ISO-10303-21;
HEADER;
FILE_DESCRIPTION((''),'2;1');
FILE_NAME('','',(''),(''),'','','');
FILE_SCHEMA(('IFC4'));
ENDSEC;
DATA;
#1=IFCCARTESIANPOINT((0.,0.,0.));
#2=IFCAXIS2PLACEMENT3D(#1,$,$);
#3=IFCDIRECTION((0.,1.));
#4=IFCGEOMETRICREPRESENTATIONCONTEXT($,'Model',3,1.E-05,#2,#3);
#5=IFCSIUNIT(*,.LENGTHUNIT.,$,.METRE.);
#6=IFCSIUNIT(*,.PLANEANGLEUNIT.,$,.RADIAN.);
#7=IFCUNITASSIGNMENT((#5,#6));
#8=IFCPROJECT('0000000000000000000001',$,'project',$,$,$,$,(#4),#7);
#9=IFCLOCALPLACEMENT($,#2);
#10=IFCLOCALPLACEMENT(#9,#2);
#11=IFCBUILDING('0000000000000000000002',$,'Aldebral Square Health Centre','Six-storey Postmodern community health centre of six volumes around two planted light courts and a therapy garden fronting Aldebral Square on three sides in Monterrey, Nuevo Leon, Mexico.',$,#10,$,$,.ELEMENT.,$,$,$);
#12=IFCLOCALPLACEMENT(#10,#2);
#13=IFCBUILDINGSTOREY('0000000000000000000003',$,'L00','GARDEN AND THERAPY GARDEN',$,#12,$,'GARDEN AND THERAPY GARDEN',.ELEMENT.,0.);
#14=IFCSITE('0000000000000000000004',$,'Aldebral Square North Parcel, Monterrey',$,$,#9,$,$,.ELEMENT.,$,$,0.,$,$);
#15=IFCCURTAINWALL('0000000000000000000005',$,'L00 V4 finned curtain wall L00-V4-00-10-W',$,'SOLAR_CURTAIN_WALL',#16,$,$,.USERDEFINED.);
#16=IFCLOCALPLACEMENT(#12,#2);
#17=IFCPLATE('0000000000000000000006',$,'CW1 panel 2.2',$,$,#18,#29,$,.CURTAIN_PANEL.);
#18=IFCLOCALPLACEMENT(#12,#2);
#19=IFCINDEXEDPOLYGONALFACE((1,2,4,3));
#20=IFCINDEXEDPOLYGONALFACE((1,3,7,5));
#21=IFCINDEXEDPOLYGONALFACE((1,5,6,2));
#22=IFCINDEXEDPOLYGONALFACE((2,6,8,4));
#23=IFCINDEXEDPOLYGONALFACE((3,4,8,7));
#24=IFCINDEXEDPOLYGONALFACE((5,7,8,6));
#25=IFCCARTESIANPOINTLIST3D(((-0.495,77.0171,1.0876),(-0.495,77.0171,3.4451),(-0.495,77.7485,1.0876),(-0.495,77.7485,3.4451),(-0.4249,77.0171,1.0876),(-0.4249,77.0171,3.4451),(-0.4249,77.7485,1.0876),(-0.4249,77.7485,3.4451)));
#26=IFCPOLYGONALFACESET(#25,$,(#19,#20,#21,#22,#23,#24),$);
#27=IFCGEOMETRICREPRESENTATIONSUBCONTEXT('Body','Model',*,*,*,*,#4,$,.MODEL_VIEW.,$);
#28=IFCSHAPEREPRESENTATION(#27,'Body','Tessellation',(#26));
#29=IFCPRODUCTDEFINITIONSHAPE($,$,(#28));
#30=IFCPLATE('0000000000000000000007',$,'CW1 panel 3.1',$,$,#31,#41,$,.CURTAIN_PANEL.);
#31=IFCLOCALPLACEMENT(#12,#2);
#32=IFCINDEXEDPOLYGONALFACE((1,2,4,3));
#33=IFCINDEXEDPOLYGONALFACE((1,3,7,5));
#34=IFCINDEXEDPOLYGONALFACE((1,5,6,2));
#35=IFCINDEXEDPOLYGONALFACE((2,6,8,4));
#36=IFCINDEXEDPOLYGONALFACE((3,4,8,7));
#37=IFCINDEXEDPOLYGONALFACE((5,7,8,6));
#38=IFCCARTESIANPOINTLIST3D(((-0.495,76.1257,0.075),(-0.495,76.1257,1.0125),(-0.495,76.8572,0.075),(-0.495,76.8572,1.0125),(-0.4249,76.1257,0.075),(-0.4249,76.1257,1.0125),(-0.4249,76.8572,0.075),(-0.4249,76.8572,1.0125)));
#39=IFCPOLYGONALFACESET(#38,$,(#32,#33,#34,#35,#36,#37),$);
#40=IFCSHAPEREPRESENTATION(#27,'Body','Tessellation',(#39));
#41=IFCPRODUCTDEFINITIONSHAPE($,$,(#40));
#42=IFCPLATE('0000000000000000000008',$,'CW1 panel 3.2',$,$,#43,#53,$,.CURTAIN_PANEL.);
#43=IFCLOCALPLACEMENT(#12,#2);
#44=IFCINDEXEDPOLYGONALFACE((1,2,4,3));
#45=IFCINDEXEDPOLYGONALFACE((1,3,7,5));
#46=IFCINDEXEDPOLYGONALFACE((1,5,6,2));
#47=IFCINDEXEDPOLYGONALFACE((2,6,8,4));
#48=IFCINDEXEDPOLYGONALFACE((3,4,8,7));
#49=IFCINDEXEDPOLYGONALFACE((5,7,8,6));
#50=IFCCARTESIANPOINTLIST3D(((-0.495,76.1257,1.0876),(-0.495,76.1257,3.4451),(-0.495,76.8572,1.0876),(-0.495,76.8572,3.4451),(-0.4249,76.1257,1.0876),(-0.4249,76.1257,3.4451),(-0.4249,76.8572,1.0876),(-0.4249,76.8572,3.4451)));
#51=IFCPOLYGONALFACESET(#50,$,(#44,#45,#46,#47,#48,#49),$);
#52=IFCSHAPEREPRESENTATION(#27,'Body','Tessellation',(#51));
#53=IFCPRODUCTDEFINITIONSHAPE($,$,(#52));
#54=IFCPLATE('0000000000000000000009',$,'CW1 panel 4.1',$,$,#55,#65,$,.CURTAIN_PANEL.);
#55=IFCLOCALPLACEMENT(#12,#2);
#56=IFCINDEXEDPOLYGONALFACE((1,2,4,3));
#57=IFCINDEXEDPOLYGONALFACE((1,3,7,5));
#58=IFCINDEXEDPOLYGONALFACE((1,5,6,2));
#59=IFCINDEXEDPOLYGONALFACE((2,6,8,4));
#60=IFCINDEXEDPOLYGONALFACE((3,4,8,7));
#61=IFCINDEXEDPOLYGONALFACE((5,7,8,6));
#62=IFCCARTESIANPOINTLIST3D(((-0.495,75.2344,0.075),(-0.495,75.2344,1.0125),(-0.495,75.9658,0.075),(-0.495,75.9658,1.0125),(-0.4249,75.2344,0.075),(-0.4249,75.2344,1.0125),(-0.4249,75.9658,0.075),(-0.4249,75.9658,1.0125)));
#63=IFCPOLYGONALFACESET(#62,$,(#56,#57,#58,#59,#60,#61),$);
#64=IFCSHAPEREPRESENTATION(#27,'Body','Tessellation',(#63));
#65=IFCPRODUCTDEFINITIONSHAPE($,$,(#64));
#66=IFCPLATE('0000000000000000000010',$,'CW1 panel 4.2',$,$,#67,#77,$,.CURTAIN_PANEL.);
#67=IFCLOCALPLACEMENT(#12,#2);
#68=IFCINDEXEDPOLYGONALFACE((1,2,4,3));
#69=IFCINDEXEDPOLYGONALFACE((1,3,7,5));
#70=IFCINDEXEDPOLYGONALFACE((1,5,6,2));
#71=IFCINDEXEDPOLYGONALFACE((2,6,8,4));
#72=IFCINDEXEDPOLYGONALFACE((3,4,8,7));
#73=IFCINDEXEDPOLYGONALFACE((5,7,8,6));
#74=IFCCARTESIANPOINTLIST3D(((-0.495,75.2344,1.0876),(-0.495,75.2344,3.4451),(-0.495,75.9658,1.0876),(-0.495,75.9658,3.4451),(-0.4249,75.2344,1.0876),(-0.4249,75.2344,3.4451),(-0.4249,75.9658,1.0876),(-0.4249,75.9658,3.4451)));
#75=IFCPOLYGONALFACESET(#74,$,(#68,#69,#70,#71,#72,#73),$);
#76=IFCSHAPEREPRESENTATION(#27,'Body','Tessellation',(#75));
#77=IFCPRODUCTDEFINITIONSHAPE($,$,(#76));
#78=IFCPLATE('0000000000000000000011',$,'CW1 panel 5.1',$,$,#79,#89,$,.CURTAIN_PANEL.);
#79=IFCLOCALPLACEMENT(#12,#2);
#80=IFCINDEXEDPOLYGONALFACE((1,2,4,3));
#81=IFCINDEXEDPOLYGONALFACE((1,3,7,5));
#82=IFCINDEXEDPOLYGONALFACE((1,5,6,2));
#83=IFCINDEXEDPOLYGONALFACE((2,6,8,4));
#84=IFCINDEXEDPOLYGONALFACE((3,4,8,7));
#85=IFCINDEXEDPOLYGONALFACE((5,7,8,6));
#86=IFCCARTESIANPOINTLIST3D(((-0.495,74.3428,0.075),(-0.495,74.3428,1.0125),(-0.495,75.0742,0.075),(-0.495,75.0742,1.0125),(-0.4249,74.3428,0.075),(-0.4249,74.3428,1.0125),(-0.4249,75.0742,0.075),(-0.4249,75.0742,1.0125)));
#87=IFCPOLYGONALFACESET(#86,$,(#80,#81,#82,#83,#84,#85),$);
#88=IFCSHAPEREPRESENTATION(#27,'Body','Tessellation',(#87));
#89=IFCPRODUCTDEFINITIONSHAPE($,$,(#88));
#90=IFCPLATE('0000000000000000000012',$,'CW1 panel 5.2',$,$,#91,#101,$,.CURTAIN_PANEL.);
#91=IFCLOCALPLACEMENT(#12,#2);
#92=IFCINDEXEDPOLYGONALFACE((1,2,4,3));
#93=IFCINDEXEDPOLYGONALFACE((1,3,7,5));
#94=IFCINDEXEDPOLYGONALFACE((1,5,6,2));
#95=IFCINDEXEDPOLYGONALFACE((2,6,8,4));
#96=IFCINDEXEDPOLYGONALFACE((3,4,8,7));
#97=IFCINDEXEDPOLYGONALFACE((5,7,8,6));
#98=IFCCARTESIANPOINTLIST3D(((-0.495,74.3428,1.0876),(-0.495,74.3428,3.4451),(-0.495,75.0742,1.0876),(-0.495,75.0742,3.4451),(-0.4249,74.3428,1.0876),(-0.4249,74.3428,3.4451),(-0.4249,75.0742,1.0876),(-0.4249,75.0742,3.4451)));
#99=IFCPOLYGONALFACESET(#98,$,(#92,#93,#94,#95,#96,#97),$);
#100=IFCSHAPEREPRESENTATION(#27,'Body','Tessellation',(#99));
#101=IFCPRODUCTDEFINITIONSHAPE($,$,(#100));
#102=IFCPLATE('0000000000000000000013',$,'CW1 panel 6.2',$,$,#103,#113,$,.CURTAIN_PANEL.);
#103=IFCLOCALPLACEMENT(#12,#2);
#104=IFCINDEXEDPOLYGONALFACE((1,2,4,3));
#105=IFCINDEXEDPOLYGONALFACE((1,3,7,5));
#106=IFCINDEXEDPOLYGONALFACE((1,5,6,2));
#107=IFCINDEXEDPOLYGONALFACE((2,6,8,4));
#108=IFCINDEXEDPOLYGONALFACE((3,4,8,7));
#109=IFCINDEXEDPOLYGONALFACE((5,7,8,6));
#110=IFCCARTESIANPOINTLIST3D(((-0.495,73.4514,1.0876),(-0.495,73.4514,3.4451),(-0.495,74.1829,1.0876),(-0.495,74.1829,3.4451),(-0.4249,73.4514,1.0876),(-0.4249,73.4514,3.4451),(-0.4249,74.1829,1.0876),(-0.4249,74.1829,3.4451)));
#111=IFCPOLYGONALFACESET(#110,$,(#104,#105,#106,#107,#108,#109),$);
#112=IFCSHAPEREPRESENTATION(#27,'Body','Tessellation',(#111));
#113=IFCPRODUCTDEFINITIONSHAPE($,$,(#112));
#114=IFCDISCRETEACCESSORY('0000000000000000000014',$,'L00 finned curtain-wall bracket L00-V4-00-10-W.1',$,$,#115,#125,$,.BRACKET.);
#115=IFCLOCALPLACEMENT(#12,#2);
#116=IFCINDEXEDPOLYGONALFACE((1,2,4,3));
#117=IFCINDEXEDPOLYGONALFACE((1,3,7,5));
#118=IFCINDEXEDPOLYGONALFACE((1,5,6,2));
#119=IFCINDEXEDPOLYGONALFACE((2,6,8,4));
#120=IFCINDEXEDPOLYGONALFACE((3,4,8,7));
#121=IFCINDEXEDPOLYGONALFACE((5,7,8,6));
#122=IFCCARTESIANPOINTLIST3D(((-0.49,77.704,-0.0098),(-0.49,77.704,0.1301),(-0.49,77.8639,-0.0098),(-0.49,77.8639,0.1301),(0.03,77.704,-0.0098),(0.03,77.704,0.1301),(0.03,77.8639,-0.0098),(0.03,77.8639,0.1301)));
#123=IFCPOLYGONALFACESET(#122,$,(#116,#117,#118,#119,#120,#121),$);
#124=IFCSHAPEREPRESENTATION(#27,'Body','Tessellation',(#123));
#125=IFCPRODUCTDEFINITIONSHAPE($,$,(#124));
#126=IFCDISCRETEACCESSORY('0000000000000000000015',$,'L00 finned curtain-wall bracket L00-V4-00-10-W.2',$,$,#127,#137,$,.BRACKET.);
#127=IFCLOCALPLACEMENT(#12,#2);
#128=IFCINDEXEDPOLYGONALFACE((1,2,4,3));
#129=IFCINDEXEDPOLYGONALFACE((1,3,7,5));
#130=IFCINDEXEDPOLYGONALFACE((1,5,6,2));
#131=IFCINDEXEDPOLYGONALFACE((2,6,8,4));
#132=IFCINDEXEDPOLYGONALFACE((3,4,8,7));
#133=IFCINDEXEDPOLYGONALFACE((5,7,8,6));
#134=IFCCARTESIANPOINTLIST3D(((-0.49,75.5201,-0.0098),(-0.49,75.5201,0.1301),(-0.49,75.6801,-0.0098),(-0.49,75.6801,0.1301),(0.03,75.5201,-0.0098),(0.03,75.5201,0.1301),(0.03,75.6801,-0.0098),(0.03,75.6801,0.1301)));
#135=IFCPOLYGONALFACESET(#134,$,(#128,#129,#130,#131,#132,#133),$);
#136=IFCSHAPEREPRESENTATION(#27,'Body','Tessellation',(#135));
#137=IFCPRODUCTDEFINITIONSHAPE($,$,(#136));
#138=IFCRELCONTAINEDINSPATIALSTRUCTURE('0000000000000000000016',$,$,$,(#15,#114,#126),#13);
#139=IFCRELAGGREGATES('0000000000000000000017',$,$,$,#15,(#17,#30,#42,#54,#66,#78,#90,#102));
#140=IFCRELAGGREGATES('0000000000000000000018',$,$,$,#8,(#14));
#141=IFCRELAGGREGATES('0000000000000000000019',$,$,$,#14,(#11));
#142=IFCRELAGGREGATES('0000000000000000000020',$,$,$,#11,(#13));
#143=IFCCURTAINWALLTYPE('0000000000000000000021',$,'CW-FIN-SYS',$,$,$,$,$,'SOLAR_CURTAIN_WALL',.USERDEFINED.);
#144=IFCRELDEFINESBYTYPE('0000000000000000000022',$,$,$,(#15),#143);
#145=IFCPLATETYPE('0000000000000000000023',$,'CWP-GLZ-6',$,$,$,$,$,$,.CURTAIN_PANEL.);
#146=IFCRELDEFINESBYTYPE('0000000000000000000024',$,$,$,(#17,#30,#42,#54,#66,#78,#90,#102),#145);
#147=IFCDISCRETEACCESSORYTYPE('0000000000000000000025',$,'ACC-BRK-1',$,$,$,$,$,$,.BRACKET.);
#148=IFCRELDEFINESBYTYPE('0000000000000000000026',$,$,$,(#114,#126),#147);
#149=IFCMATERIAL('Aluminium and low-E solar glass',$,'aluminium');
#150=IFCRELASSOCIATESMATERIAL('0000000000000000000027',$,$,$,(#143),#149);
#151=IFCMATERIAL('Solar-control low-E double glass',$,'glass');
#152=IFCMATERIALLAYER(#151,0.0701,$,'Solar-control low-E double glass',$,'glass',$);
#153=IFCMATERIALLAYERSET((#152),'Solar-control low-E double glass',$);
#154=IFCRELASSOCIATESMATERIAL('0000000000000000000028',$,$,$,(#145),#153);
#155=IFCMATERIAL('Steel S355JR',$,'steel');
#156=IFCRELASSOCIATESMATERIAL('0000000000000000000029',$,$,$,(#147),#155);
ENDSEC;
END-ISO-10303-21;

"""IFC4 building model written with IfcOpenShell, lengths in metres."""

from ifc_helpers import new_model, si_unit, direction, frame, origin, origin_2d, place, context, subcontext, project, spatial, rectangle, extrude, material, layer, layer_set, type_object, element, aggregate, save


model = new_model("IFC4")

# Units and contexts
model_context = context("Model", 3, precision=1e-05, world=origin(), true_north=direction((0.0, 1.0)))
body_context = subcontext(model_context, "Body", "Model", "MODEL_VIEW")
ifc_project = project(units=[si_unit("LENGTHUNIT", "METRE"), si_unit("PLANEANGLEUNIT", "RADIAN")], contexts=[model_context])

# Site, building, storey
site_placement = place(None, origin())
site = spatial("IfcSite", under=ifc_project, at=site_placement, Name="Aldebral Square North Parcel, Monterrey", CompositionType="ELEMENT", RefElevation=0.0)
building_placement = place(site_placement, origin())
building = spatial("IfcBuilding", under=site, at=building_placement, Name="Aldebral Square Health Centre", Description="Six-storey Postmodern community health centre of six volumes around two planted light courts and a therapy garden fronting Aldebral Square on three sides in Monterrey, Nuevo Leon, Mexico.", CompositionType="ELEMENT")
storey_placement = place(building_placement, origin())
storey = spatial("IfcBuildingStorey", under=building, at=storey_placement, Name="L00", Description="GARDEN AND THERAPY GARDEN", LongName="GARDEN AND THERAPY GARDEN", CompositionType="ELEMENT", Elevation=0.0)

# Curtain wall, plates
ifc_material_1 = material(Name="Aluminium and low-E solar glass", Category="aluminium")
curtain_wall_type = type_object("IfcCurtainWallType", Name="CW-FIN-SYS", ElementType="SOLAR_CURTAIN_WALL", PredefinedType="USERDEFINED", material=ifc_material_1)
curtain_wall_placement = place(storey_placement, origin())
curtain_wall = element("IfcCurtainWall", 1, at=curtain_wall_placement, inside=storey, type_object=curtain_wall_type, Name="L00 V4 finned curtain wall L00-V4-00-10-W", ObjectType="SOLAR_CURTAIN_WALL", PredefinedType="USERDEFINED")
ifc_material_2 = material(Name="Solar-control low-E double glass", Category="glass")
ifc_layer = layer(ifc_material_2, 0.0701, Name="Solar-control low-E double glass", Category="glass")
ifc_layer_set = layer_set([ifc_layer], Name="Solar-control low-E double glass")
plate_type = type_object("IfcPlateType", Name="CWP-GLZ-6", PredefinedType="CURTAIN_PANEL", material=ifc_layer_set)
plate_1_placement = place(storey_placement, frame((-0.46, 77.3828, 1.0876), z_axis=(0.0, 0.0, 1.0), x_axis=(0.0, -1.0, 0.0)))
plate_1 = element("IfcPlate", 2, at=plate_1_placement, type_object=plate_type, Name="CW1 panel 2.2", PredefinedType="CURTAIN_PANEL", context=body_context, shape_type="SweptSolid", body=[
    extrude(rectangle(XDim=0.7314, YDim=0.0701, at=origin_2d()), origin(), (0.0, 0.0, 1.0), 2.3574),
])
plate_2_placement = place(storey_placement, frame((-0.46, 76.4915, 0.075), z_axis=(0.0, 0.0, 1.0), x_axis=(0.0, -1.0, 0.0)))
plate_2 = element("IfcPlate", 3, at=plate_2_placement, type_object=plate_type, Name="CW1 panel 3.1", PredefinedType="CURTAIN_PANEL", context=body_context, shape_type="SweptSolid", body=[
    extrude(rectangle(XDim=0.7314, YDim=0.0701, at=origin_2d()), origin(), (0.0, 0.0, 1.0), 0.9375),
])
plate_3_placement = place(storey_placement, frame((-0.46, 76.4915, 1.0876), z_axis=(0.0, 0.0, 1.0), x_axis=(0.0, -1.0, 0.0)))
plate_3 = element("IfcPlate", 4, at=plate_3_placement, type_object=plate_type, Name="CW1 panel 3.2", PredefinedType="CURTAIN_PANEL", context=body_context, shape_type="SweptSolid", body=[
    extrude(rectangle(XDim=0.7314, YDim=0.0701, at=origin_2d()), origin(), (0.0, 0.0, 1.0), 2.3574),
])
plate_4_placement = place(storey_placement, frame((-0.46, 75.6001, 0.075), z_axis=(0.0, 0.0, 1.0), x_axis=(0.0, -1.0, 0.0)))
plate_4 = element("IfcPlate", 5, at=plate_4_placement, type_object=plate_type, Name="CW1 panel 4.1", PredefinedType="CURTAIN_PANEL", context=body_context, shape_type="SweptSolid", body=[
    extrude(rectangle(XDim=0.7314, YDim=0.0701, at=origin_2d()), origin(), (0.0, 0.0, 1.0), 0.9375),
])
plate_5_placement = place(storey_placement, frame((-0.46, 75.6001, 1.0876), z_axis=(0.0, 0.0, 1.0), x_axis=(0.0, -1.0, 0.0)))
plate_5 = element("IfcPlate", 6, at=plate_5_placement, type_object=plate_type, Name="CW1 panel 4.2", PredefinedType="CURTAIN_PANEL", context=body_context, shape_type="SweptSolid", body=[
    extrude(rectangle(XDim=0.7314, YDim=0.0701, at=origin_2d()), origin(), (0.0, 0.0, 1.0), 2.3574),
])
plate_6_placement = place(storey_placement, frame((-0.46, 74.7085, 0.075), z_axis=(0.0, 0.0, 1.0), x_axis=(0.0, -1.0, 0.0)))
plate_6 = element("IfcPlate", 7, at=plate_6_placement, type_object=plate_type, Name="CW1 panel 5.1", PredefinedType="CURTAIN_PANEL", context=body_context, shape_type="SweptSolid", body=[
    extrude(rectangle(XDim=0.7314, YDim=0.0701, at=origin_2d()), origin(), (0.0, 0.0, 1.0), 0.9375),
])
plate_7_placement = place(storey_placement, frame((-0.46, 74.7085, 1.0876), z_axis=(0.0, 0.0, 1.0), x_axis=(0.0, -1.0, 0.0)))
plate_7 = element("IfcPlate", 8, at=plate_7_placement, type_object=plate_type, Name="CW1 panel 5.2", PredefinedType="CURTAIN_PANEL", context=body_context, shape_type="SweptSolid", body=[
    extrude(rectangle(XDim=0.7314, YDim=0.0701, at=origin_2d()), origin(), (0.0, 0.0, 1.0), 2.3574),
])
plate_8_placement = place(storey_placement, frame((-0.46, 73.8171, 1.0876), z_axis=(0.0, 0.0, 1.0), x_axis=(0.0, -1.0, 0.0)))
plate_8 = element("IfcPlate", 9, at=plate_8_placement, type_object=plate_type, Name="CW1 panel 6.2", PredefinedType="CURTAIN_PANEL", context=body_context, shape_type="SweptSolid", body=[
    extrude(rectangle(XDim=0.7314, YDim=0.0701, at=origin_2d()), origin(), (0.0, 0.0, 1.0), 2.3574),
])
aggregate(curtain_wall, [plate_1, plate_2, plate_3, plate_4, plate_5, plate_6, plate_7, plate_8])

# Discrete accessories
ifc_material_3 = material(Name="Steel S355JR", Category="steel")
discrete_accessory_type = type_object("IfcDiscreteAccessoryType", Name="ACC-BRK-1", PredefinedType="BRACKET", material=ifc_material_3)
for number, where, z_axis, x_axis, name in (
    (10, (-0.23, 77.7839, -0.0098), (0.0, 0.0, 1.0), (0.0, 1.0, 0.0), "L00 finned curtain-wall bracket L00-V4-00-10-W.1"),
    (11, (-0.23, 75.6001, -0.0098), (0.0, 0.0, 1.0), (0.0, 1.0, 0.0), "L00 finned curtain-wall bracket L00-V4-00-10-W.2"),
):
    element("IfcDiscreteAccessory", number, at=place(storey_placement, frame(where, z_axis=z_axis, x_axis=x_axis)), inside=storey, type_object=discrete_accessory_type, Name=name, PredefinedType="BRACKET", context=body_context, shape_type="SweptSolid", body=[
        extrude(rectangle(XDim=0.1599, YDim=0.52, at=origin_2d()), origin(), (0.0, 0.0, 1.0), 0.1399),
    ])

save(model, "model.ifc")
